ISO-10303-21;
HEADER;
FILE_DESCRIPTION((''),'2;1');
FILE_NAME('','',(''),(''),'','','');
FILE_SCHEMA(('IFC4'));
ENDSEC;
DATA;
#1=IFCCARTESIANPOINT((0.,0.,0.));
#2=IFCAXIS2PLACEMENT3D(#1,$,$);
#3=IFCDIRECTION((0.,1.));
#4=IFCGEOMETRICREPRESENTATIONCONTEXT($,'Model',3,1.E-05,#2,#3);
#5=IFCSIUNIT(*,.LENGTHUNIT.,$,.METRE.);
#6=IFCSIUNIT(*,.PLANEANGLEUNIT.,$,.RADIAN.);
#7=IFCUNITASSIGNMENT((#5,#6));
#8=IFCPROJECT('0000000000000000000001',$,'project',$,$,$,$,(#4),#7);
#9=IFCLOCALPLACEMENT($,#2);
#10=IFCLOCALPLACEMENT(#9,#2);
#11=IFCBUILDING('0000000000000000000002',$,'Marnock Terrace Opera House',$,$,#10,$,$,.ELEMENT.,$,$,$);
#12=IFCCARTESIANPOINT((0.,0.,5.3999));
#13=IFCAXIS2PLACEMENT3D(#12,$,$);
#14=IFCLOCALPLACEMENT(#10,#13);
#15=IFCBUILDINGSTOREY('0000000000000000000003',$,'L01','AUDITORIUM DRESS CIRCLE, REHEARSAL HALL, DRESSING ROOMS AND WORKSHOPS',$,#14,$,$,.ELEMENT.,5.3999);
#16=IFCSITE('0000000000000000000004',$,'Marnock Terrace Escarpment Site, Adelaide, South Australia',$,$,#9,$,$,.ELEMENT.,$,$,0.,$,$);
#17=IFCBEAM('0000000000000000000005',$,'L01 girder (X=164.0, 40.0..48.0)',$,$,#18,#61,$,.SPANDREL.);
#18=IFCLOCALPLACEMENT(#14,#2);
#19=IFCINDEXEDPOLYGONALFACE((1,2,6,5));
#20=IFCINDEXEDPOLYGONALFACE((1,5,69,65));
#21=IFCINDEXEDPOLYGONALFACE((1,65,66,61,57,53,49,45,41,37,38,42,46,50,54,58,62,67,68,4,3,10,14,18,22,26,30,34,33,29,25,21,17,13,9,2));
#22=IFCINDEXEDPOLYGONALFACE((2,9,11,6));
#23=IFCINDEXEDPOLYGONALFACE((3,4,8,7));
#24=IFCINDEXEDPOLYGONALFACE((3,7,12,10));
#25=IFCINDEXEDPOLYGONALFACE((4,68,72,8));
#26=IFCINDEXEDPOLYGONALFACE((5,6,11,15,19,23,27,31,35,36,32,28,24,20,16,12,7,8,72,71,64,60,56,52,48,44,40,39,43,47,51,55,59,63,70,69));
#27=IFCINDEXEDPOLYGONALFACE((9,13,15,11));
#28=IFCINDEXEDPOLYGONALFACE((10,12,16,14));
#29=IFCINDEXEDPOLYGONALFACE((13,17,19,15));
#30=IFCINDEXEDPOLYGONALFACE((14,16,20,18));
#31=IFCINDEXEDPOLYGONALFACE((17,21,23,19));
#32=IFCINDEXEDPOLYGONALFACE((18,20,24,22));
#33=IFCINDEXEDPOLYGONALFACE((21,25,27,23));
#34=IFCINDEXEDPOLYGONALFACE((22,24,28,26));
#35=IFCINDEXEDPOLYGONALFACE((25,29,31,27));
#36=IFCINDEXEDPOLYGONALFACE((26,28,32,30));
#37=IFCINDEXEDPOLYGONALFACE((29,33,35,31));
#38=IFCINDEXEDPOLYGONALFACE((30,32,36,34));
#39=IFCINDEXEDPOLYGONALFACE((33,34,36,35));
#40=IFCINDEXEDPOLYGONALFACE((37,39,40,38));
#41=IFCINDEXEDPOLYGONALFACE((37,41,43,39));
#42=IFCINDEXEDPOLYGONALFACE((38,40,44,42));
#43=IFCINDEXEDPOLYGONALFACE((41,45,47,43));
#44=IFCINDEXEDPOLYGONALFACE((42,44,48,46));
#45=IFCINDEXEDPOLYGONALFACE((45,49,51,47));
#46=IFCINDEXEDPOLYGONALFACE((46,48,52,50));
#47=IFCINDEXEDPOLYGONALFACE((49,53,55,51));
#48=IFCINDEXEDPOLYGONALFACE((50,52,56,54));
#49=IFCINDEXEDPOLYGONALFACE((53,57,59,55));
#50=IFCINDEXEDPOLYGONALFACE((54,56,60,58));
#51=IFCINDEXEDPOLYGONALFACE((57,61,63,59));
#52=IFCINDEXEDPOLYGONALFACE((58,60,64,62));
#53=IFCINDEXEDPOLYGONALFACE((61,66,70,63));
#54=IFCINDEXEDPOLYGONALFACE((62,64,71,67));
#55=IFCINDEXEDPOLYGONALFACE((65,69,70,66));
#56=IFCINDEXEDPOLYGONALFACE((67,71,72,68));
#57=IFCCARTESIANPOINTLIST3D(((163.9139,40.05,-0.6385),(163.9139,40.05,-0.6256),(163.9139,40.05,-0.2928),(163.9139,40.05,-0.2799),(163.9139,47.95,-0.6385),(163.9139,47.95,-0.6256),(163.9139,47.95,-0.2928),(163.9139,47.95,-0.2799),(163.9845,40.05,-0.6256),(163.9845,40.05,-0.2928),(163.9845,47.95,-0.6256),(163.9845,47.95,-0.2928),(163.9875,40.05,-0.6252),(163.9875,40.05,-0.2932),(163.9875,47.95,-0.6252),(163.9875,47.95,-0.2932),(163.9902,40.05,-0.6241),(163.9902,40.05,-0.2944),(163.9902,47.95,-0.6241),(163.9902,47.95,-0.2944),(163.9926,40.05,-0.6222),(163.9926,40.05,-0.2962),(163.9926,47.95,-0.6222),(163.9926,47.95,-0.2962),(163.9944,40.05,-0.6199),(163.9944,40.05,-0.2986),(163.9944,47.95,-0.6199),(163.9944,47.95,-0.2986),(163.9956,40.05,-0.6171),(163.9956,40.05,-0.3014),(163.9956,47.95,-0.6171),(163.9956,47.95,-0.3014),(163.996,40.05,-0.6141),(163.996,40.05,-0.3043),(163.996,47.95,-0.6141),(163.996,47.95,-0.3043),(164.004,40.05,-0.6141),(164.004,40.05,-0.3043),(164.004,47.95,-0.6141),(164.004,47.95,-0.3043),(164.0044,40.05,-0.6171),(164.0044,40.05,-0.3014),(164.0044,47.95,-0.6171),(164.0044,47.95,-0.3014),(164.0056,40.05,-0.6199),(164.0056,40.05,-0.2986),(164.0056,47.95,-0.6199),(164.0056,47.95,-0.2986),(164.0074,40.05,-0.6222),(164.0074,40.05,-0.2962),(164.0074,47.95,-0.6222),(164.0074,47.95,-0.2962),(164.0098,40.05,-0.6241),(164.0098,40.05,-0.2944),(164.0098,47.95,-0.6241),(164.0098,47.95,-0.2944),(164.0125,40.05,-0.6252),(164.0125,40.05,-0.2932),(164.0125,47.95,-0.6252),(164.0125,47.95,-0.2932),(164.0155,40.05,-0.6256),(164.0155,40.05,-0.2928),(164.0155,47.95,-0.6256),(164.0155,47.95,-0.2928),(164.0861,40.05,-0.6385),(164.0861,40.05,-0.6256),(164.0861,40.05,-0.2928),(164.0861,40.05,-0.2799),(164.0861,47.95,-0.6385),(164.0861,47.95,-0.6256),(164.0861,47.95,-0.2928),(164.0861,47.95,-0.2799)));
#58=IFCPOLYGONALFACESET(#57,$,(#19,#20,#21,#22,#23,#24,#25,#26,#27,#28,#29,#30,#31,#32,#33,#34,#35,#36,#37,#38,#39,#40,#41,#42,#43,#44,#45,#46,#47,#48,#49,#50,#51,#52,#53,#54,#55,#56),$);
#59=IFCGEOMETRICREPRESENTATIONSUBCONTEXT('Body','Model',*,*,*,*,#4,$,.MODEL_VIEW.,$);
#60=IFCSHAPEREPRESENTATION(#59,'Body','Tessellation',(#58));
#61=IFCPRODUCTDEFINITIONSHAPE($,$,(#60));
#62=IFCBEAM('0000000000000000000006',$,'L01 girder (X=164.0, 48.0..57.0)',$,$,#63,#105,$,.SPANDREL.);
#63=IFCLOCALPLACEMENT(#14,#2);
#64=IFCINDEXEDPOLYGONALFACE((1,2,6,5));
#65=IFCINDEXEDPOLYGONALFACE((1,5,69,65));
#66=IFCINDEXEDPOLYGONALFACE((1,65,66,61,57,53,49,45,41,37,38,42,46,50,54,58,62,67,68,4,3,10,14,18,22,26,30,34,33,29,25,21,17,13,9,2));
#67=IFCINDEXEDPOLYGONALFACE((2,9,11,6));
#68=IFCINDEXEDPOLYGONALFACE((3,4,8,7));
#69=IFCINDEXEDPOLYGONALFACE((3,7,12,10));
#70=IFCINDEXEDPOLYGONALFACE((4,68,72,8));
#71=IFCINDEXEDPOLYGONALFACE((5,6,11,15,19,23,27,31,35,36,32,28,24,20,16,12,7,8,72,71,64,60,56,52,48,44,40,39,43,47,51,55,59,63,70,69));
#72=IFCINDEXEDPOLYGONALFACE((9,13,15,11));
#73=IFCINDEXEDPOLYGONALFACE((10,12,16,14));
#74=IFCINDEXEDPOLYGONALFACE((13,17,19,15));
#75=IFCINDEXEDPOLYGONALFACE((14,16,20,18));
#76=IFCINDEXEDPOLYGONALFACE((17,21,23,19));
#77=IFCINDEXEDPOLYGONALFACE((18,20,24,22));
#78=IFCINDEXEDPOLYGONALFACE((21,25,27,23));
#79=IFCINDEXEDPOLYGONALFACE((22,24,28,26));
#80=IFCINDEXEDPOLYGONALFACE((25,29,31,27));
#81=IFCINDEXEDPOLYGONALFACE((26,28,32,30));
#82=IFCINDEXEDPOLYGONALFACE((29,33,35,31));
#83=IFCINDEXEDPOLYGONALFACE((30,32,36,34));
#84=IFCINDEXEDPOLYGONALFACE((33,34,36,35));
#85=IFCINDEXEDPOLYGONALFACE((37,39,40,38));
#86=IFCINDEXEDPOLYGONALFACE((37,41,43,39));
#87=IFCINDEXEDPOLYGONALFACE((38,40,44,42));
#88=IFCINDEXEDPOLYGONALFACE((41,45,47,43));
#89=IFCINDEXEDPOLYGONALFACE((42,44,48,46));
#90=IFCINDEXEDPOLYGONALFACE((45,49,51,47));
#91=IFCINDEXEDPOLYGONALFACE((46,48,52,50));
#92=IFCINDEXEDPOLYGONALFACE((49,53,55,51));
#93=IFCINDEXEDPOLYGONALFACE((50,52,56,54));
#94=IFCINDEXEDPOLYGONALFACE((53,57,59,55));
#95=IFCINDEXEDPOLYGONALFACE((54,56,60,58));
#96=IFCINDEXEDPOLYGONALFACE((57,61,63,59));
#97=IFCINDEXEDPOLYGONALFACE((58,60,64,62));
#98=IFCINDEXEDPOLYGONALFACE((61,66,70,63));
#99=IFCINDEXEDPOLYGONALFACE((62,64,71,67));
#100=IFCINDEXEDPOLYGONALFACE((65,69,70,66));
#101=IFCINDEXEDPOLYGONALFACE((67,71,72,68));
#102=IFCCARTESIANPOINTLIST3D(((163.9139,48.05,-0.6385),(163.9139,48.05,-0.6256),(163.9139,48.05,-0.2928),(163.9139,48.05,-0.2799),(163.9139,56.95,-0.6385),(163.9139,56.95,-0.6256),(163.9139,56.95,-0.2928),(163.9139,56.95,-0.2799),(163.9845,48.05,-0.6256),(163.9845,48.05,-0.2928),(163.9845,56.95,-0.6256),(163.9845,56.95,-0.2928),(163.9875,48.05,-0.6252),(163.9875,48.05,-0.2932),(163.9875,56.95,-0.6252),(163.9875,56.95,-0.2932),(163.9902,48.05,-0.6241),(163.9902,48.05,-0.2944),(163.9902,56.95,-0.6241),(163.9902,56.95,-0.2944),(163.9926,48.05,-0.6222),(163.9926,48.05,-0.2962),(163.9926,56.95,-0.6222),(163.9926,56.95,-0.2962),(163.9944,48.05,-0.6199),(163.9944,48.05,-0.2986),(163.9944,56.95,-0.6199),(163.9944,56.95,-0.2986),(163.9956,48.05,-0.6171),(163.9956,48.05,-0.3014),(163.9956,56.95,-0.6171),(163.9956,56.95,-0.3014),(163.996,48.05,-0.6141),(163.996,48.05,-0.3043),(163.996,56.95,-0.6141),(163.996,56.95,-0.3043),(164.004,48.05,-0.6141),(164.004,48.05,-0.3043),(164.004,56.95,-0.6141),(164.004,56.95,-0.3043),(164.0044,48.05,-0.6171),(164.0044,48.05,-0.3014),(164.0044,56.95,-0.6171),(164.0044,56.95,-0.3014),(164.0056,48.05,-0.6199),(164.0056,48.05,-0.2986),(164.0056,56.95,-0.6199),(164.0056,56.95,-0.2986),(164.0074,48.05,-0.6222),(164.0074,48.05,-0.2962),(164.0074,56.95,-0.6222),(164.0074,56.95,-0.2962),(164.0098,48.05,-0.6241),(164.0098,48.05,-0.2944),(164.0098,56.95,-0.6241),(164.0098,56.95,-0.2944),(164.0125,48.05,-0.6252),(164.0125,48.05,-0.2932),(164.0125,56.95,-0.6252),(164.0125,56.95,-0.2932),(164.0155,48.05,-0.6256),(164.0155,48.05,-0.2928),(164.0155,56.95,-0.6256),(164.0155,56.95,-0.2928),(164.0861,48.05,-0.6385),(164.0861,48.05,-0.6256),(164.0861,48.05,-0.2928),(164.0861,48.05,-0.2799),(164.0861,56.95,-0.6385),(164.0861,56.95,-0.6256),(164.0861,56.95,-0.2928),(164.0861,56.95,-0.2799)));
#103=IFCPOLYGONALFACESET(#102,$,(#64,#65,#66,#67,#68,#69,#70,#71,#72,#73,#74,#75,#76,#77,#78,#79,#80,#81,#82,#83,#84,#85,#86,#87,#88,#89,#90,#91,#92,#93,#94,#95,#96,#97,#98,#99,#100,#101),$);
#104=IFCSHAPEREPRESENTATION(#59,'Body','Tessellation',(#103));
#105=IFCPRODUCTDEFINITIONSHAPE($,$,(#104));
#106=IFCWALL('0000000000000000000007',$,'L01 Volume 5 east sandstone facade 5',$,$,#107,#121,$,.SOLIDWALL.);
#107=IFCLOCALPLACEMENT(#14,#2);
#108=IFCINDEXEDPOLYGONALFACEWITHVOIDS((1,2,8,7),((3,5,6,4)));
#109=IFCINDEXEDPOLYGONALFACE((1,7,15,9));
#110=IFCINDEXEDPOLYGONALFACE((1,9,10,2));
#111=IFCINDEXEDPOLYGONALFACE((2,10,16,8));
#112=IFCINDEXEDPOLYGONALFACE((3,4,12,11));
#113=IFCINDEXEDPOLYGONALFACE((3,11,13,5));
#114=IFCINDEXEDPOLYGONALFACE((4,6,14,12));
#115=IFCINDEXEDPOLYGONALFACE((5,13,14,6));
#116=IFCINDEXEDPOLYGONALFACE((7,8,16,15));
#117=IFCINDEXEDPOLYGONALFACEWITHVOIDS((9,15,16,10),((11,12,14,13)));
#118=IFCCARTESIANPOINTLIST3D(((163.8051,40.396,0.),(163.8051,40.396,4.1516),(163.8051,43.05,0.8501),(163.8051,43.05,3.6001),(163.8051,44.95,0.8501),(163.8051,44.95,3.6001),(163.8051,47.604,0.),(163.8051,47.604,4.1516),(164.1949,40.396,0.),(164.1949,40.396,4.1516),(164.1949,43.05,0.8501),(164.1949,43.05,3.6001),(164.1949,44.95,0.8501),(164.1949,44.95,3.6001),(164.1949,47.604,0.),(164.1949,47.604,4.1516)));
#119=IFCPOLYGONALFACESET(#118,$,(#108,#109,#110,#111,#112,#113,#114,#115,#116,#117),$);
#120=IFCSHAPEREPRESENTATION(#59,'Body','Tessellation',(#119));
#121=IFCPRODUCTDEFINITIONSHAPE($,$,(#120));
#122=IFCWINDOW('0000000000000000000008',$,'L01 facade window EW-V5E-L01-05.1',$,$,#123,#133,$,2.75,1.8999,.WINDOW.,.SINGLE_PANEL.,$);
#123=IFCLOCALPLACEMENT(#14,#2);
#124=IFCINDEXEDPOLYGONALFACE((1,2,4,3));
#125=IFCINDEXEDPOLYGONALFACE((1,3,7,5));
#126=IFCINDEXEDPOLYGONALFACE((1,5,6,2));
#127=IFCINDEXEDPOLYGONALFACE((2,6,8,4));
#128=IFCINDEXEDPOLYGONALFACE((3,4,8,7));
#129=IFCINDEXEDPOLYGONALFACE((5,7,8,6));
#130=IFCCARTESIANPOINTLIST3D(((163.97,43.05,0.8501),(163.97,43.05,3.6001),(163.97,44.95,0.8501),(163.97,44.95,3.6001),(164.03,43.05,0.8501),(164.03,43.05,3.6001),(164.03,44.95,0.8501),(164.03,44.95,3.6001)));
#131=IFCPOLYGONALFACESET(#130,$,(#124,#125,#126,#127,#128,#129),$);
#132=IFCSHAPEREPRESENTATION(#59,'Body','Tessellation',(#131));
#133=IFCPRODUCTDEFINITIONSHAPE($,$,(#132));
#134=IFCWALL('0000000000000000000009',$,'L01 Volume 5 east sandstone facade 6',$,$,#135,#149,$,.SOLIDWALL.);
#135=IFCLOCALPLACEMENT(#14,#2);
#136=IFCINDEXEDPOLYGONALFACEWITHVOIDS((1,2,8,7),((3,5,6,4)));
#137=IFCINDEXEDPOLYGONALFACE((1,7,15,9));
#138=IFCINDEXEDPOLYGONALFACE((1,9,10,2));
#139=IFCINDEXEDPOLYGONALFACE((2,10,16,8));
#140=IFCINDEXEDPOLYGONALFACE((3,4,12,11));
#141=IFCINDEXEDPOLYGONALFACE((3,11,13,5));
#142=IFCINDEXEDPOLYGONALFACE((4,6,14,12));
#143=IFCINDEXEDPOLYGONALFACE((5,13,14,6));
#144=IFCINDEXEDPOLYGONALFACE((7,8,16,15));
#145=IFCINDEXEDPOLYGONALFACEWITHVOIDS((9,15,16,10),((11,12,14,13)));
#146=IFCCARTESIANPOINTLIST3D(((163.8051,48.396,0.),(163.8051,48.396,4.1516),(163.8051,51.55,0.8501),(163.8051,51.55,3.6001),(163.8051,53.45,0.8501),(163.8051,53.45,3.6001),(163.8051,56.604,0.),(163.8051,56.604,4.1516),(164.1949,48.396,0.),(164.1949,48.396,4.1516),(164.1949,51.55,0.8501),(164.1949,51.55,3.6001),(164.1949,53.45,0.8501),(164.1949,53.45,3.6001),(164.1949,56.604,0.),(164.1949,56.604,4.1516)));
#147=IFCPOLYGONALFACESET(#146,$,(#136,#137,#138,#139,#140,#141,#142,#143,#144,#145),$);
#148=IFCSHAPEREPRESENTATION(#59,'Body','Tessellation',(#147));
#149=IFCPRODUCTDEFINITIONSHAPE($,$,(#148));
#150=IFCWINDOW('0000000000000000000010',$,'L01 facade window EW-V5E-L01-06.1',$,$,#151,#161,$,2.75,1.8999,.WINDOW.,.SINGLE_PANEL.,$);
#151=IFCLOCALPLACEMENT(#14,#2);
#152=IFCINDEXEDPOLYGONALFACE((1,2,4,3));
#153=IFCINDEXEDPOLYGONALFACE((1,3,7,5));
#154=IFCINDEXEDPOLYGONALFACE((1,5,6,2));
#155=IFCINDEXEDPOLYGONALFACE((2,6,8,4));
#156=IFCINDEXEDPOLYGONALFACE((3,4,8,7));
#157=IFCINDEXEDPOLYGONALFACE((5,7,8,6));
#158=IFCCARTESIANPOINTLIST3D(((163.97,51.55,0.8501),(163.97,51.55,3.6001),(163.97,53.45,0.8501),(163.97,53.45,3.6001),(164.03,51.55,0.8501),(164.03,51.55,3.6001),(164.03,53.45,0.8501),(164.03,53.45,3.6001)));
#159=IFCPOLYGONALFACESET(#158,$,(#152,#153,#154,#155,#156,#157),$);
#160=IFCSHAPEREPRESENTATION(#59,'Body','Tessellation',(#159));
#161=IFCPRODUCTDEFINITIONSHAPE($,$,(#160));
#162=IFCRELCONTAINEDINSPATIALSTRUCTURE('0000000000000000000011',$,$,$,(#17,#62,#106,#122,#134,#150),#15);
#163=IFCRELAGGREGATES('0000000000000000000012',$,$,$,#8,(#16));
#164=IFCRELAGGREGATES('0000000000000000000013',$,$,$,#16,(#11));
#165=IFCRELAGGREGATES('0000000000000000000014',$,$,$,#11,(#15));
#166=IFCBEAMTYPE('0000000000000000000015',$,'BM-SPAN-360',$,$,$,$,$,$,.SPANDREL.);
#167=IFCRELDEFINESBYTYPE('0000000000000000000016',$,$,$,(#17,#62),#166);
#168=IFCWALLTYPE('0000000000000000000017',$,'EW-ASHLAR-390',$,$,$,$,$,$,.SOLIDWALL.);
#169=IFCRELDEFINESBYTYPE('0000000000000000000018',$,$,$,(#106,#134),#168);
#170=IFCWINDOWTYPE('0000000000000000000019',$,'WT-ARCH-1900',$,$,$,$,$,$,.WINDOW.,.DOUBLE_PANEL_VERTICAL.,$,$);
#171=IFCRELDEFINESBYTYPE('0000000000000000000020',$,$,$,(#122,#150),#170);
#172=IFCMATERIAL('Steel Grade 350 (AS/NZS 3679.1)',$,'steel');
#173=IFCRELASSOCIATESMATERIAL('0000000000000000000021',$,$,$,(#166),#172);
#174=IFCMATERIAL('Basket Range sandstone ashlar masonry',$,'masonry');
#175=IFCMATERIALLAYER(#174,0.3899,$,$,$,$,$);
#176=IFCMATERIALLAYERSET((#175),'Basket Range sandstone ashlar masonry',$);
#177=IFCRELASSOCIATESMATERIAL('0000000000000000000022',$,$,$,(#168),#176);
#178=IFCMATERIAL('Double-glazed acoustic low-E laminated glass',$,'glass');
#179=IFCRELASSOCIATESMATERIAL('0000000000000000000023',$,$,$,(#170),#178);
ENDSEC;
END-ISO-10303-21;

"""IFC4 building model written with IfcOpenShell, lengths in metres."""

from ifc_helpers import new_model, si_unit, direction, frame, frame_2d, origin, origin_2d, place, context, subcontext, project, spatial, rectangle, i_section, extrude, material, layer, layer_set, material_profile, profile_set, type_object, element, fill, save


model = new_model("IFC4")

# Units and contexts
model_context = context("Model", 3, precision=1e-05, world=origin(), true_north=direction((0.0, 1.0)))
body_context = subcontext(model_context, "Body", "Model", "MODEL_VIEW")
ifc_project = project(units=[si_unit("LENGTHUNIT", "METRE"), si_unit("PLANEANGLEUNIT", "RADIAN")], contexts=[model_context])

# Site, building, storey
site_placement = place(None, origin())
site = spatial("IfcSite", under=ifc_project, at=site_placement, Name="Marnock Terrace Escarpment Site, Adelaide, South Australia", CompositionType="ELEMENT", RefElevation=0.0)
building_placement = place(site_placement, origin())
building = spatial("IfcBuilding", under=site, at=building_placement, Name="Marnock Terrace Opera House", CompositionType="ELEMENT")
storey_placement = place(building_placement, frame((0.0, 0.0, 5.3999)))
storey = spatial("IfcBuildingStorey", under=building, at=storey_placement, Name="L01", Description="AUDITORIUM DRESS CIRCLE, REHEARSAL HALL, DRESSING ROOMS AND WORKSHOPS", CompositionType="ELEMENT", Elevation=5.3999)

# Beams
ifc_material_1 = material(Name="Steel Grade 350 (AS/NZS 3679.1)", Category="steel")
ifc_material_profile_1 = material_profile(ifc_material_1, i_section(OverallWidth=0.1721, OverallDepth=0.3586, WebThickness=0.0081, FlangeThickness=0.0129, FilletRadius=0.0115, at=origin_2d()))
ifc_profile_set_1 = profile_set([ifc_material_profile_1], Name="Steel Grade 350 (AS/NZS 3679.1)")
beam_type_1 = type_object("IfcBeamType", Name="BM-SPAN-360", PredefinedType="SPANDREL", material=ifc_profile_set_1)
beam_1_placement = place(storey_placement, frame((164.0, 40.05, -0.4592), z_axis=(0.0, 1.0, 0.0), x_axis=(-1.0, 0.0, 0.0)))
element("IfcBeam", 1, at=beam_1_placement, inside=storey, type_object=beam_type_1, Name="L01 girder (X=164.0, 40.0..48.0)", PredefinedType="SPANDREL", context=body_context, shape_type="SweptSolid", body=[
    extrude(i_section(OverallWidth=0.1721, OverallDepth=0.3586, WebThickness=0.0081, FlangeThickness=0.0129, FilletRadius=0.0115, at=origin_2d()), origin(), (0.0, 0.0, 1.0), 7.8999),
])
beam_2_placement = place(storey_placement, frame((164.0, 48.05, -0.4592), z_axis=(0.0, 1.0, 0.0), x_axis=(-1.0, 0.0, 0.0)))
element("IfcBeam", 2, at=beam_2_placement, inside=storey, type_object=beam_type_1, Name="L01 girder (X=164.0, 48.0..57.0)", PredefinedType="SPANDREL", context=body_context, shape_type="SweptSolid", body=[
    extrude(i_section(OverallWidth=0.1721, OverallDepth=0.3586, WebThickness=0.0081, FlangeThickness=0.0129, FilletRadius=0.0115, at=origin_2d()), origin(), (0.0, 0.0, 1.0), 8.8999),
])

# Walls, openings, windows
ifc_material_2 = material(Name="Basket Range sandstone ashlar masonry", Category="masonry")
ifc_layer = layer(ifc_material_2, 0.3899)
ifc_layer_set = layer_set([ifc_layer], Name="Basket Range sandstone ashlar masonry")
wall_type = type_object("IfcWallType", Name="EW-ASHLAR-390", PredefinedType="SOLIDWALL", material=ifc_layer_set)
wall_1_placement = place(storey_placement, frame((164.0, 40.396, 0.0), z_axis=(0.0, 0.0, 1.0), x_axis=(0.0, 1.0, 0.0)))
wall_1 = element("IfcWall", 3, at=wall_1_placement, inside=storey, type_object=wall_type, Name="L01 Volume 5 east sandstone facade 5", PredefinedType="SOLIDWALL", context=body_context, shape_type="SweptSolid", body=[
    extrude(rectangle(XDim=7.208, YDim=0.3899, at=frame_2d((3.604, 0.0))), origin(), (0.0, 0.0, 1.0), 4.1516),
])
opening_1_placement = place(wall_1_placement, frame((2.6541, 0.0, 0.8501)))
opening_1 = element("IfcOpeningElement", 4, at=opening_1_placement, cuts=wall_1, PredefinedType="OPENING", context=body_context, shape_type="SweptSolid", body=[
    extrude(rectangle(XDim=1.8999, YDim=2.75, at=frame_2d((0.95, 1.375))), frame((0.0, 0.2048, 0.0), z_axis=(0.0, -1.0, 0.0), x_axis=(1.0, 0.0, 0.0)), (0.0, 0.0, 1.0), 0.4099),
])
ifc_material_3 = material(Name="Double-glazed acoustic low-E laminated glass", Category="glass")
window_type = type_object("IfcWindowType", Name="WT-ARCH-1900", PartitioningType="DOUBLE_PANEL_VERTICAL", PredefinedType="WINDOW", material=ifc_material_3)
window_1_placement = place(opening_1_placement, origin())
window_1 = element("IfcWindow", 5, at=window_1_placement, inside=storey, type_object=window_type, Name="L01 facade window EW-V5E-L01-05.1", OverallHeight=2.75, OverallWidth=1.8999, PartitioningType="SINGLE_PANEL", PredefinedType="WINDOW", context=body_context, shape_type="SweptSolid", body=[
    extrude(rectangle(XDim=1.8999, YDim=2.75, at=frame_2d((0.95, 1.375))), frame((0.0, 0.03, 0.0), z_axis=(0.0, -1.0, 0.0), x_axis=(1.0, 0.0, 0.0)), (0.0, 0.0, 1.0), 0.0601),
])
fill(opening_1, window_1)
wall_2_placement = place(storey_placement, frame((164.0, 48.396, 0.0), z_axis=(0.0, 0.0, 1.0), x_axis=(0.0, 1.0, 0.0)))
wall_2 = element("IfcWall", 6, at=wall_2_placement, inside=storey, type_object=wall_type, Name="L01 Volume 5 east sandstone facade 6", PredefinedType="SOLIDWALL", context=body_context, shape_type="SweptSolid", body=[
    extrude(rectangle(XDim=8.208, YDim=0.3899, at=frame_2d((4.104, 0.0))), origin(), (0.0, 0.0, 1.0), 4.1516),
])
opening_2_placement = place(wall_2_placement, frame((3.1541, 0.0, 0.8501)))
opening_2 = element("IfcOpeningElement", 7, at=opening_2_placement, cuts=wall_2, PredefinedType="OPENING", context=body_context, shape_type="SweptSolid", body=[
    extrude(rectangle(XDim=1.8999, YDim=2.75, at=frame_2d((0.95, 1.375))), frame((0.0, 0.2048, 0.0), z_axis=(0.0, -1.0, 0.0), x_axis=(1.0, 0.0, 0.0)), (0.0, 0.0, 1.0), 0.4099),
])
window_2_placement = place(opening_2_placement, origin())
window_2 = element("IfcWindow", 8, at=window_2_placement, inside=storey, type_object=window_type, Name="L01 facade window EW-V5E-L01-06.1", OverallHeight=2.75, OverallWidth=1.8999, PartitioningType="SINGLE_PANEL", PredefinedType="WINDOW", context=body_context, shape_type="SweptSolid", body=[
    extrude(rectangle(XDim=1.8999, YDim=2.75, at=frame_2d((0.95, 1.375))), frame((0.0, 0.03, 0.0), z_axis=(0.0, -1.0, 0.0), x_axis=(1.0, 0.0, 0.0)), (0.0, 0.0, 1.0), 0.0601),
])
fill(opening_2, window_2)

save(model, "model.ifc")
